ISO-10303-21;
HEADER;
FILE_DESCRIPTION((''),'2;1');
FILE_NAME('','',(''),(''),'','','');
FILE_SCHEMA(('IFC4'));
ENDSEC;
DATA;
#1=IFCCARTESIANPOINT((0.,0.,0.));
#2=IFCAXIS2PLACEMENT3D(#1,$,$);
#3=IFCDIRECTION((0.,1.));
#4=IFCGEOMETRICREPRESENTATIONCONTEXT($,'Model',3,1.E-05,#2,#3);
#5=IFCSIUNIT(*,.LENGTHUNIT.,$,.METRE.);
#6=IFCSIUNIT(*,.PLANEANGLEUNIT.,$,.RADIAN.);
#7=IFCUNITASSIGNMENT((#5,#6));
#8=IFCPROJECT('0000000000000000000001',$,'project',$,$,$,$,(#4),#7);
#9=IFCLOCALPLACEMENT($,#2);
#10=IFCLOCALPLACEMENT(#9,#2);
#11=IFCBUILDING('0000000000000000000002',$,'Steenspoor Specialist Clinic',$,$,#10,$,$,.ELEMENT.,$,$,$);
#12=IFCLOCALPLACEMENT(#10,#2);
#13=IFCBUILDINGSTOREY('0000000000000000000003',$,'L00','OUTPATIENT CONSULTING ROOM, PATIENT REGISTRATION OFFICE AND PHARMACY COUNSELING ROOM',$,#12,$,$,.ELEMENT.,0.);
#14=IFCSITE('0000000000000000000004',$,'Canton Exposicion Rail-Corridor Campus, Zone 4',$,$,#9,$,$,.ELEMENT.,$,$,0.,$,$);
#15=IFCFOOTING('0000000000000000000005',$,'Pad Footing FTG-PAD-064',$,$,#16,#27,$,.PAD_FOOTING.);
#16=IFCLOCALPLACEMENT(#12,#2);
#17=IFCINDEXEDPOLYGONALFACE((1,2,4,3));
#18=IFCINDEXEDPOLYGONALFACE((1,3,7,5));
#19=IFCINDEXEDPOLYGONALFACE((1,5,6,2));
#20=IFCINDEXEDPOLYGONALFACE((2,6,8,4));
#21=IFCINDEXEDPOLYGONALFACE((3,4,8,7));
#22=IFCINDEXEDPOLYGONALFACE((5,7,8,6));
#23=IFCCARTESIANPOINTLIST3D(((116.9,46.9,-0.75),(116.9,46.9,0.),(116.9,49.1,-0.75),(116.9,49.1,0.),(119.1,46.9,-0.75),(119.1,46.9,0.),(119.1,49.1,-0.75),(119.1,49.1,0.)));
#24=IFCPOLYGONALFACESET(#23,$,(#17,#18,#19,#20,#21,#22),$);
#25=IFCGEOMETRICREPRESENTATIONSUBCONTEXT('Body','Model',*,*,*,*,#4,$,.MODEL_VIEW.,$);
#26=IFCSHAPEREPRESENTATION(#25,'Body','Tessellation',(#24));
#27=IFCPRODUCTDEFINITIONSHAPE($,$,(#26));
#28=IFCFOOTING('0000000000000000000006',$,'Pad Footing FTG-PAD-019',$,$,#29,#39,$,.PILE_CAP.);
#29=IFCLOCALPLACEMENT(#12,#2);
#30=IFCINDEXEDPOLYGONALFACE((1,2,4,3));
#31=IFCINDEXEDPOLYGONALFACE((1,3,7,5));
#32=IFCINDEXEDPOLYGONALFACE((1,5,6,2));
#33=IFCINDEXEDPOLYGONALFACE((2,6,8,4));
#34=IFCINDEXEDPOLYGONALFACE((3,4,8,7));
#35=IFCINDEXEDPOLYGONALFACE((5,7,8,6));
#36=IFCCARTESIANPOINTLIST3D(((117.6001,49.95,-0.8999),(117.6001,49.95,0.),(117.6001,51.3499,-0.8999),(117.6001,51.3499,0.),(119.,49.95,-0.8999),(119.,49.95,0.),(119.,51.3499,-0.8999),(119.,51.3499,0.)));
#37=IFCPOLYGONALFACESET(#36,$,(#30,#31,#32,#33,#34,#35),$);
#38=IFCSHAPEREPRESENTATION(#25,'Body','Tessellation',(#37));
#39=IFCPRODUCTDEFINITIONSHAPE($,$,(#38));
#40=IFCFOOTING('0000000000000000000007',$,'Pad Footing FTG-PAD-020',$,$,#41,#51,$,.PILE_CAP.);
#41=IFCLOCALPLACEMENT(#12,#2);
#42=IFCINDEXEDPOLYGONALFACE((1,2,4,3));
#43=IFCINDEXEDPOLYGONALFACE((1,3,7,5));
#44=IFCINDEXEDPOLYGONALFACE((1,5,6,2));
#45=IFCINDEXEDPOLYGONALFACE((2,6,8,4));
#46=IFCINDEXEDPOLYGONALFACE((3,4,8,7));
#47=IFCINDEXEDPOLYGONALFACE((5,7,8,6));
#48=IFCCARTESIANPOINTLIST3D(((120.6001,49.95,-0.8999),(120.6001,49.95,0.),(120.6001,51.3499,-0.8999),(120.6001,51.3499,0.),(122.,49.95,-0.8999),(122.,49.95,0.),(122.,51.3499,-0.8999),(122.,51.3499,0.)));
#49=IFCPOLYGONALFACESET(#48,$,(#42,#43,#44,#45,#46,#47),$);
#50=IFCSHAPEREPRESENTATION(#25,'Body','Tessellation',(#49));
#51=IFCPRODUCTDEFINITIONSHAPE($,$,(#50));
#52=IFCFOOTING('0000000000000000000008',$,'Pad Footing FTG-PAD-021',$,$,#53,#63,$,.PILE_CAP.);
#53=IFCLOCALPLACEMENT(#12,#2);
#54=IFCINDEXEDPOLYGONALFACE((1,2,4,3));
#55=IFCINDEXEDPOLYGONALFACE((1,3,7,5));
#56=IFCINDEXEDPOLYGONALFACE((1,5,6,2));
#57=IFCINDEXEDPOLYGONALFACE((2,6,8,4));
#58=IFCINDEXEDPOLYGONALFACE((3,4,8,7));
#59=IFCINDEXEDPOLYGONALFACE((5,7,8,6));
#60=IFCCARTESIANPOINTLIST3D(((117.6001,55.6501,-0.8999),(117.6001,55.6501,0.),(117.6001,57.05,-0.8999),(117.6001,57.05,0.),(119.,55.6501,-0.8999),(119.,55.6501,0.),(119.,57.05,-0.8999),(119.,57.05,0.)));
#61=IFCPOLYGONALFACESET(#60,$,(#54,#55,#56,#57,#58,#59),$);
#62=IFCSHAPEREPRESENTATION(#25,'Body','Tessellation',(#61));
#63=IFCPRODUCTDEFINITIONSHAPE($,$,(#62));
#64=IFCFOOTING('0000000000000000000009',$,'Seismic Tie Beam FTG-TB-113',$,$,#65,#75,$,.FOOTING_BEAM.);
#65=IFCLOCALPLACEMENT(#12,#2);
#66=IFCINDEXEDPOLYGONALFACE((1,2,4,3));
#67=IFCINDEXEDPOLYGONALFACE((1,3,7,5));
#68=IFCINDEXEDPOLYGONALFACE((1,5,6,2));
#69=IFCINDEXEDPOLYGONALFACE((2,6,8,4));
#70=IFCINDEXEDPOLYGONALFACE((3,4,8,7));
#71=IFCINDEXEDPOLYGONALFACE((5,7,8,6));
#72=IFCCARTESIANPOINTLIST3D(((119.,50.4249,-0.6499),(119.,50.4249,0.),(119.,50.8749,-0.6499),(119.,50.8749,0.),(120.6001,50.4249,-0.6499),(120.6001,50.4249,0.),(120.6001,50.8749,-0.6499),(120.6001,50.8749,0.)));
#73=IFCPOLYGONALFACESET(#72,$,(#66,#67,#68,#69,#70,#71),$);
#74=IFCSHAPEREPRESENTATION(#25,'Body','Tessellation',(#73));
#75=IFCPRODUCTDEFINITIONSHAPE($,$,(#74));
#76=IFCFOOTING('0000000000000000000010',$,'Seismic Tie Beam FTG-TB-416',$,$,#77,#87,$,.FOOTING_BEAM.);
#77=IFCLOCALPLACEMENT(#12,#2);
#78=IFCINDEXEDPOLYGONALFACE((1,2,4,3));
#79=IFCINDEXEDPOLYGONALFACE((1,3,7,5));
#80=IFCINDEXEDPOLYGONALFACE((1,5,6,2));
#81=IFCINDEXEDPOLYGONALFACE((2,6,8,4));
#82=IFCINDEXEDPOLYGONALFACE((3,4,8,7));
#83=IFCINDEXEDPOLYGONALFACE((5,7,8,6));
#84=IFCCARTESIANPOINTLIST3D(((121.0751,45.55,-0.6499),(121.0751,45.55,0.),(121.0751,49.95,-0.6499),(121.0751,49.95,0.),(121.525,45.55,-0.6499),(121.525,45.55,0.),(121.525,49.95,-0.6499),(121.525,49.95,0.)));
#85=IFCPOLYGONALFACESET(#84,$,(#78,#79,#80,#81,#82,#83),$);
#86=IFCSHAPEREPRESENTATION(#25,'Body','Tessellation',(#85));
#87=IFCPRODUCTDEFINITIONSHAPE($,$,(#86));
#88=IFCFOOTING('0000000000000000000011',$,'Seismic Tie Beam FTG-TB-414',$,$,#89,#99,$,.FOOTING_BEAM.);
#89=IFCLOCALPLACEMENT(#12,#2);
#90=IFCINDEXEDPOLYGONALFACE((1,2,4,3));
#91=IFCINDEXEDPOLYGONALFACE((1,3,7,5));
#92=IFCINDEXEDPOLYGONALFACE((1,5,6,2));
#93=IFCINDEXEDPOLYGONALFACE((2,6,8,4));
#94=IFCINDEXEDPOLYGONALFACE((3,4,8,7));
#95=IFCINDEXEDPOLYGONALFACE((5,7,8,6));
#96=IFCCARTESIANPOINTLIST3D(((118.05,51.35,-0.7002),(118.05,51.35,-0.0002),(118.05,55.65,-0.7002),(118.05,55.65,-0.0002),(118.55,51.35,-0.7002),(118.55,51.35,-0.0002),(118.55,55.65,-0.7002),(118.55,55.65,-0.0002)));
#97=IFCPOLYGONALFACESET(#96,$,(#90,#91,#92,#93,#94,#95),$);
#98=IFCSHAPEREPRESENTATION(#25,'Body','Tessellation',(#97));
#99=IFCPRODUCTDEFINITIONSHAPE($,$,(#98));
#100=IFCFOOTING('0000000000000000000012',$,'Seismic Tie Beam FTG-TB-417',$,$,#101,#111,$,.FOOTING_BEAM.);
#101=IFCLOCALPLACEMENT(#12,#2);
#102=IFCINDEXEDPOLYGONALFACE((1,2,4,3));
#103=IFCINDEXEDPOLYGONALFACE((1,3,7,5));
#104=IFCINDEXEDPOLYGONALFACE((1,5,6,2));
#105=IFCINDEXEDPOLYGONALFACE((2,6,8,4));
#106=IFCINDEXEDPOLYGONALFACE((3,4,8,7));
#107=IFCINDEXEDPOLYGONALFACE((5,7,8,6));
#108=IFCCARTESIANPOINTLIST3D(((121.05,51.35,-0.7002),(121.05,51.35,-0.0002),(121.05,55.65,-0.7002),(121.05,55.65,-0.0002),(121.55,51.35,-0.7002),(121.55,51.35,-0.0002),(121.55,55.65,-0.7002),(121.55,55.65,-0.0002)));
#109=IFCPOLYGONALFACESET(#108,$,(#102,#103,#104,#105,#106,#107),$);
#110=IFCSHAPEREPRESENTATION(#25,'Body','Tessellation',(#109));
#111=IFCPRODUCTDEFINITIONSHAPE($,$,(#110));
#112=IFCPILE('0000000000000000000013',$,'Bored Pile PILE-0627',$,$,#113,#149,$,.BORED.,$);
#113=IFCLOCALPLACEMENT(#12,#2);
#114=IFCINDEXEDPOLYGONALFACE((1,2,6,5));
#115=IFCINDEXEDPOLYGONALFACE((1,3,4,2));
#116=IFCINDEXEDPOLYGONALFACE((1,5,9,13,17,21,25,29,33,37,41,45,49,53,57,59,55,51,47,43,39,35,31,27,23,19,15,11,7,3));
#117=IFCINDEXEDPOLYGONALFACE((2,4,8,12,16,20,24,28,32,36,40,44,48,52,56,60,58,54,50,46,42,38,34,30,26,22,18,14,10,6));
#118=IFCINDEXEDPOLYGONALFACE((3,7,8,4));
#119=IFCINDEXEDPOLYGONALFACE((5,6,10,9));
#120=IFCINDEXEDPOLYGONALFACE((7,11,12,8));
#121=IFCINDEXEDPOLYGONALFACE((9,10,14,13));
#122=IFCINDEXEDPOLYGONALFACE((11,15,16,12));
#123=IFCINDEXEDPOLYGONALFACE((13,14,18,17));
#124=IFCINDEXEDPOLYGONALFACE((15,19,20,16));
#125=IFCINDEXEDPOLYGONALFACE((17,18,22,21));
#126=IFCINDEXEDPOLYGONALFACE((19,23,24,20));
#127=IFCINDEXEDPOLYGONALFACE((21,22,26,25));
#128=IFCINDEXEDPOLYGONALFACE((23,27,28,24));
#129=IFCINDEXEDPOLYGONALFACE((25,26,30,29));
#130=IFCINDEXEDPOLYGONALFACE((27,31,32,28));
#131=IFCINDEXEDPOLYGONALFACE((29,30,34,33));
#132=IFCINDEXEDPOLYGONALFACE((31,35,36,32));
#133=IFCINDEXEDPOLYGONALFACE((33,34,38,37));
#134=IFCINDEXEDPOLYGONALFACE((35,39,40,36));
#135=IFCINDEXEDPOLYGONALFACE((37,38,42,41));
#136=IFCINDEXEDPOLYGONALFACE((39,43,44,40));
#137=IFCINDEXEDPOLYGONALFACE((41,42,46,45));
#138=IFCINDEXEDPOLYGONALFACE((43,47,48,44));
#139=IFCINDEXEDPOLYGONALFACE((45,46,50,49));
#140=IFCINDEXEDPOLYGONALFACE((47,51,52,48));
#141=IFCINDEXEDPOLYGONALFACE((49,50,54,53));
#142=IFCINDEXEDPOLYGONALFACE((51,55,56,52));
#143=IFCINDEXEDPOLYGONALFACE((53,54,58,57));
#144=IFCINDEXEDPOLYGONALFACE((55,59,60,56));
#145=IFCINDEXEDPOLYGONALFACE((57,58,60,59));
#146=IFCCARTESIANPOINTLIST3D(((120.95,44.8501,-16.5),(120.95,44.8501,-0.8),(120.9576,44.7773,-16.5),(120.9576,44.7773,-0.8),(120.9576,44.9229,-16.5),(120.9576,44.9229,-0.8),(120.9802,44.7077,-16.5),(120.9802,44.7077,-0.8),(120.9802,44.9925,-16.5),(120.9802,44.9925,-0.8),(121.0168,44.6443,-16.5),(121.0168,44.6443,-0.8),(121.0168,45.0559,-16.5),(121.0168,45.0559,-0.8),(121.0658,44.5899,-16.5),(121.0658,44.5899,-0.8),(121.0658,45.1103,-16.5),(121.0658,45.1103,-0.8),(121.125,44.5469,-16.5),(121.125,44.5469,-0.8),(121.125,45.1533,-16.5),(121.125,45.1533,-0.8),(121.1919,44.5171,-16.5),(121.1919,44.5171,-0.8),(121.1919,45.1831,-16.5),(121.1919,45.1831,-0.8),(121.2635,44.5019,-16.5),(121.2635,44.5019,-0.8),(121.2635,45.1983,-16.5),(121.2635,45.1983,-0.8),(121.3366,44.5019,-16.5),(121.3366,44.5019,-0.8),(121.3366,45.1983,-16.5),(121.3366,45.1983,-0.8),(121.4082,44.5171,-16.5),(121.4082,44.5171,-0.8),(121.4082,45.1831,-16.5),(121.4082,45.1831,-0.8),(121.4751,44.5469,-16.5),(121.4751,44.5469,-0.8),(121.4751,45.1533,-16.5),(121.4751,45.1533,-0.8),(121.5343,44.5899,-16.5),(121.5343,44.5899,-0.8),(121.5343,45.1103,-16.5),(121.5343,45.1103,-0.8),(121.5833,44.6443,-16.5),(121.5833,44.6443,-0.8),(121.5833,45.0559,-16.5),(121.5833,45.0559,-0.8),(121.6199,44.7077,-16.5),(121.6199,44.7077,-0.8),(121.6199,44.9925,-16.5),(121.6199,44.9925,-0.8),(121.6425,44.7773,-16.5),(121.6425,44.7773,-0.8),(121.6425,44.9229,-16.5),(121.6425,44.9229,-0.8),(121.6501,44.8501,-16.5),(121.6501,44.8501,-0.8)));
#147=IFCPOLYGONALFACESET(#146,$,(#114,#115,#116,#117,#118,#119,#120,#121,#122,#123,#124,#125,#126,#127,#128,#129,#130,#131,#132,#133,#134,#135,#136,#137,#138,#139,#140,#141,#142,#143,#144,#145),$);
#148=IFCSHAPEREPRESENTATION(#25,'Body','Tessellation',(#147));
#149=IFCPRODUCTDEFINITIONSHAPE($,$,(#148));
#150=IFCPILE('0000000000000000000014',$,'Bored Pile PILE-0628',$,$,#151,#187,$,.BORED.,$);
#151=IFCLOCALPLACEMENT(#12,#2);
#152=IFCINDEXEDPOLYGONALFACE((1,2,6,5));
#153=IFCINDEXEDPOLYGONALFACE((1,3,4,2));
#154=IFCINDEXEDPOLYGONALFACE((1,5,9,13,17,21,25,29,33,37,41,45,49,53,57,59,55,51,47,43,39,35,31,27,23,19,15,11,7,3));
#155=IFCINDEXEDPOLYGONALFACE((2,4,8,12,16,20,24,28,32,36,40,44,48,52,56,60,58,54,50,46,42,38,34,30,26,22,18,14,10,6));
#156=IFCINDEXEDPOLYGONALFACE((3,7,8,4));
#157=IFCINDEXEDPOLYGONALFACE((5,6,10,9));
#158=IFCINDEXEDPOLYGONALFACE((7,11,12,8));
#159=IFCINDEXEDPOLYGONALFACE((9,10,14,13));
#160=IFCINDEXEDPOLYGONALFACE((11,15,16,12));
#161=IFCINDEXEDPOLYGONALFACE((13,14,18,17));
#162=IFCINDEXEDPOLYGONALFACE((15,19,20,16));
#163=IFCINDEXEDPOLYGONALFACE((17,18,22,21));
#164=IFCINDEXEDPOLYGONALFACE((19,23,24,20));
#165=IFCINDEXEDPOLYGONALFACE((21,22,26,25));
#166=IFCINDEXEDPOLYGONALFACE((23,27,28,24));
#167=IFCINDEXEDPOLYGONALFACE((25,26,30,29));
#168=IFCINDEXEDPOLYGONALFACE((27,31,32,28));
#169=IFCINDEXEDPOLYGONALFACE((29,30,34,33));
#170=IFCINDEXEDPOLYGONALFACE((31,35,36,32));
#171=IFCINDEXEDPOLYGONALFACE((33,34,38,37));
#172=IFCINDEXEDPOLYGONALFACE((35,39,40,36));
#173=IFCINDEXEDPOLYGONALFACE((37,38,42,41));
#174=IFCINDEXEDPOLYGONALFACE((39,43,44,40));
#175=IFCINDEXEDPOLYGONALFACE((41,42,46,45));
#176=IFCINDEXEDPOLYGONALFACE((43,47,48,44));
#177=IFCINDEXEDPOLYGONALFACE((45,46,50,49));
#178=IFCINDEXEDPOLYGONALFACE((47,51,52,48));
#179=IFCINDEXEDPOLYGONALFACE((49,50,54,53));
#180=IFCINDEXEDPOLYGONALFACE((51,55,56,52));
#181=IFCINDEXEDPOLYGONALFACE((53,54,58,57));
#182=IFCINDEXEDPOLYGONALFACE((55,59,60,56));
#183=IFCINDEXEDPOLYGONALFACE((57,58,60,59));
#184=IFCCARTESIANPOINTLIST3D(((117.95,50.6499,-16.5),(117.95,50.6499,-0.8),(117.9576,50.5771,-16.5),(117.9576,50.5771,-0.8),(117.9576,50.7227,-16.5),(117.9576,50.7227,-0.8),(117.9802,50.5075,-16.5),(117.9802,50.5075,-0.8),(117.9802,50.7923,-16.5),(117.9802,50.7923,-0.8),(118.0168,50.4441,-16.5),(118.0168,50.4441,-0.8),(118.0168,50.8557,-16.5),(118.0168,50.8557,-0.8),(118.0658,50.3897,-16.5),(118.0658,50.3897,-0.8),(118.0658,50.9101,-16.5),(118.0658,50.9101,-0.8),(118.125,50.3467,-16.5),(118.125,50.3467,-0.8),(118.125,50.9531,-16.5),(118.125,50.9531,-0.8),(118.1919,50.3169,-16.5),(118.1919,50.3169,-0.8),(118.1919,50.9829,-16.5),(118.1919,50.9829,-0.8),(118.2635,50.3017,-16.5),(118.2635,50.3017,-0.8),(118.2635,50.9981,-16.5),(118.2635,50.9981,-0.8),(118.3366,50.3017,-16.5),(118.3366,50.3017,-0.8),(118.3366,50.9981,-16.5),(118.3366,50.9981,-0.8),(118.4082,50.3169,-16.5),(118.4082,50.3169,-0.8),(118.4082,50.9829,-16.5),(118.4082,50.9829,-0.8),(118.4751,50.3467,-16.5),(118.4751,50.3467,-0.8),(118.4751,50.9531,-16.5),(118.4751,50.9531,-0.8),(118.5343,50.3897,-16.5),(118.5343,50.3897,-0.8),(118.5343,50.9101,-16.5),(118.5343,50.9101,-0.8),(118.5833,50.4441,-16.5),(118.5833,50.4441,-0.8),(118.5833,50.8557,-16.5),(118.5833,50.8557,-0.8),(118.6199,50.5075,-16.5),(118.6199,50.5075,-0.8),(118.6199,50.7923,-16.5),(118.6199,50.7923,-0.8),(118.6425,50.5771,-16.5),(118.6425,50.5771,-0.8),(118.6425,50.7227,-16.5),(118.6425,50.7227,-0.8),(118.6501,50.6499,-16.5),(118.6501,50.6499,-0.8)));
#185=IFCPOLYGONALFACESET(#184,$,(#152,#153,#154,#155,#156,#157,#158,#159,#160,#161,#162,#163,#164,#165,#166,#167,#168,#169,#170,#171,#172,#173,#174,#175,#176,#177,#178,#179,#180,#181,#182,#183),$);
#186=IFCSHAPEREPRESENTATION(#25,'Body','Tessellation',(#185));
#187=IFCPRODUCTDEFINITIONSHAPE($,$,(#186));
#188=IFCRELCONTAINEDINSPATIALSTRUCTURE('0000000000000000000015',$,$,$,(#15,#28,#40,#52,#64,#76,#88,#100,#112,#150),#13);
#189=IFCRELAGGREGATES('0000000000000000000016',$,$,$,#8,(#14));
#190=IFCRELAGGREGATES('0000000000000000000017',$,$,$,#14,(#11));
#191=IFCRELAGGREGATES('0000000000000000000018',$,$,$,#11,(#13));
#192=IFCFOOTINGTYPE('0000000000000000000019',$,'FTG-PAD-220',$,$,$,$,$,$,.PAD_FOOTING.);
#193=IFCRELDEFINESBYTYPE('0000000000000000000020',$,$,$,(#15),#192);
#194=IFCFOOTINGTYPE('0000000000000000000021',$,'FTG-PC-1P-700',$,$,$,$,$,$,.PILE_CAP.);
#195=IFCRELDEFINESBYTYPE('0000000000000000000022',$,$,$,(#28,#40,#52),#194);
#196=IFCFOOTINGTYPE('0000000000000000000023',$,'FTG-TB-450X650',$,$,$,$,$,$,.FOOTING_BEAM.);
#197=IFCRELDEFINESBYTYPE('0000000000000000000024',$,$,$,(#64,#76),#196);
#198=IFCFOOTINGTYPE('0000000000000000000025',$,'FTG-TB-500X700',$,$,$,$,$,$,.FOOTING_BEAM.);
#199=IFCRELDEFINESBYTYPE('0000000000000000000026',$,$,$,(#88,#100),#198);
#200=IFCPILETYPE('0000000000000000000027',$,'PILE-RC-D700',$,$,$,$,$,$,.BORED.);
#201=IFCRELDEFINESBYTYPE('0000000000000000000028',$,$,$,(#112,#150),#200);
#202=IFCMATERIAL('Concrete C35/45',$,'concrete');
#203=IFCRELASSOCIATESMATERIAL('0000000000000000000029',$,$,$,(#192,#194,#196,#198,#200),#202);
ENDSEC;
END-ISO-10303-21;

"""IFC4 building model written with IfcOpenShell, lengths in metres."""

from ifc_helpers import new_model, si_unit, direction, frame, origin, origin_2d, place, context, subcontext, project, spatial, rectangle, circle, extrude, material, material_profile, profile_set, type_object, element, save


model = new_model("IFC4")

# Units and contexts
model_context = context("Model", 3, precision=1e-05, world=origin(), true_north=direction((0.0, 1.0)))
body_context = subcontext(model_context, "Body", "Model", "MODEL_VIEW")
ifc_project = project(units=[si_unit("LENGTHUNIT", "METRE"), si_unit("PLANEANGLEUNIT", "RADIAN")], contexts=[model_context])

# Site, building, storey
site_placement = place(None, origin())
site = spatial("IfcSite", under=ifc_project, at=site_placement, Name="Canton Exposicion Rail-Corridor Campus, Zone 4", CompositionType="ELEMENT", RefElevation=0.0)
building_placement = place(site_placement, origin())
building = spatial("IfcBuilding", under=site, at=building_placement, Name="Steenspoor Specialist Clinic", CompositionType="ELEMENT")
storey_placement = place(building_placement, origin())
storey = spatial("IfcBuildingStorey", under=building, at=storey_placement, Name="L00", Description="OUTPATIENT CONSULTING ROOM, PATIENT REGISTRATION OFFICE AND PHARMACY COUNSELING ROOM", CompositionType="ELEMENT", Elevation=0.0)

# Footings
ifc_material_1 = material(Name="Concrete C35/45", Category="concrete")
footing_type_1 = type_object("IfcFootingType", Name="FTG-PAD-220", PredefinedType="PAD_FOOTING", material=ifc_material_1)
footing_1_placement = place(storey_placement, frame((118.0, 48.0, -0.75), z_axis=(0.0, 0.0, 1.0), x_axis=(1.0, 0.0, 0.0)))
element("IfcFooting", 1, at=footing_1_placement, inside=storey, type_object=footing_type_1, Name="Pad Footing FTG-PAD-064", PredefinedType="PAD_FOOTING", context=body_context, shape_type="SweptSolid", body=[
    extrude(rectangle(XDim=2.2, YDim=2.2, at=origin_2d()), origin(), (0.0, 0.0, 1.0), 0.75),
])
footing_type_2 = type_object("IfcFootingType", Name="FTG-PC-1P-700", PredefinedType="PILE_CAP", material=ifc_material_1)
for number, where, z_axis, x_axis, name in (
    (2, (118.3, 50.6499, -0.8999), (0.0, 0.0, 1.0), (1.0, 0.0, 0.0), "Pad Footing FTG-PAD-019"),
    (3, (121.3, 50.6499, -0.8999), (0.0, 0.0, 1.0), (1.0, 0.0, 0.0), "Pad Footing FTG-PAD-020"),
    (4, (118.3, 56.3501, -0.8999), (0.0, 0.0, 1.0), (1.0, 0.0, 0.0), "Pad Footing FTG-PAD-021"),
):
    element("IfcFooting", number, at=place(storey_placement, frame(where, z_axis=z_axis, x_axis=x_axis)), inside=storey, type_object=footing_type_2, Name=name, PredefinedType="PILE_CAP", context=body_context, shape_type="SweptSolid", body=[
        extrude(rectangle(XDim=1.3999, YDim=1.3999, at=origin_2d()), origin(), (0.0, 0.0, 1.0), 0.8999),
    ])
footing_type_3 = type_object("IfcFootingType", Name="FTG-TB-450X650", PredefinedType="FOOTING_BEAM", material=ifc_material_1)
footing_2_placement = place(storey_placement, frame((119.8, 50.6499, -0.6499), z_axis=(0.0, 0.0, 1.0), x_axis=(1.0, 0.0, 0.0)))
element("IfcFooting", 5, at=footing_2_placement, inside=storey, type_object=footing_type_3, Name="Seismic Tie Beam FTG-TB-113", PredefinedType="FOOTING_BEAM", context=body_context, shape_type="SweptSolid", body=[
    extrude(rectangle(XDim=1.6001, YDim=0.45, at=origin_2d()), origin(), (0.0, 0.0, 1.0), 0.6499),
])
footing_3_placement = place(storey_placement, frame((121.3, 47.75, -0.6499), z_axis=(0.0, 0.0, 1.0), x_axis=(1.0, 0.0, 0.0)))
element("IfcFooting", 6, at=footing_3_placement, inside=storey, type_object=footing_type_3, Name="Seismic Tie Beam FTG-TB-416", PredefinedType="FOOTING_BEAM", context=body_context, shape_type="SweptSolid", body=[
    extrude(rectangle(XDim=0.45, YDim=4.3999, at=origin_2d()), origin(), (0.0, 0.0, 1.0), 0.6499),
])
footing_type_4 = type_object("IfcFootingType", Name="FTG-TB-500X700", PredefinedType="FOOTING_BEAM", material=ifc_material_1)
for number, where, z_axis, x_axis, name in (
    (7, (118.3, 53.5, -0.7002), (0.0, 0.0, 1.0), (1.0, 0.0, 0.0), "Seismic Tie Beam FTG-TB-414"),
    (8, (121.3, 53.5, -0.7002), (0.0, 0.0, 1.0), (1.0, 0.0, 0.0), "Seismic Tie Beam FTG-TB-417"),
):
    element("IfcFooting", number, at=place(storey_placement, frame(where, z_axis=z_axis, x_axis=x_axis)), inside=storey, type_object=footing_type_4, Name=name, PredefinedType="FOOTING_BEAM", context=body_context, shape_type="SweptSolid", body=[
        extrude(rectangle(XDim=0.5, YDim=4.3, at=origin_2d()), origin(), (0.0, 0.0, 1.0), 0.7),
    ])

# Piles
ifc_material_profile_1 = material_profile(ifc_material_1, circle(Radius=0.3501, at=origin_2d()), Name="PILE-D700")
ifc_profile_set_1 = profile_set([ifc_material_profile_1], Name="Concrete C35/45")
pile_type = type_object("IfcPileType", Name="PILE-RC-D700", PredefinedType="BORED", material=ifc_profile_set_1)
for number, where, z_axis, x_axis, name in (
    (9, (121.3, 44.8501, -0.8), (0.0, 0.0, -1.0), (1.0, 0.0, 0.0), "Bored Pile PILE-0627"),
    (10, (118.3, 50.6499, -0.8), (0.0, 0.0, -1.0), (1.0, 0.0, 0.0), "Bored Pile PILE-0628"),
):
    element("IfcPile", number, at=place(storey_placement, frame(where, z_axis=z_axis, x_axis=x_axis)), inside=storey, type_object=pile_type, Name=name, PredefinedType="BORED", context=body_context, shape_type="SweptSolid", body=[
        extrude(circle(Radius=0.3501, at=origin_2d()), origin(), (0.0, 0.0, 1.0), 15.7),
    ])

save(model, "model.ifc")
